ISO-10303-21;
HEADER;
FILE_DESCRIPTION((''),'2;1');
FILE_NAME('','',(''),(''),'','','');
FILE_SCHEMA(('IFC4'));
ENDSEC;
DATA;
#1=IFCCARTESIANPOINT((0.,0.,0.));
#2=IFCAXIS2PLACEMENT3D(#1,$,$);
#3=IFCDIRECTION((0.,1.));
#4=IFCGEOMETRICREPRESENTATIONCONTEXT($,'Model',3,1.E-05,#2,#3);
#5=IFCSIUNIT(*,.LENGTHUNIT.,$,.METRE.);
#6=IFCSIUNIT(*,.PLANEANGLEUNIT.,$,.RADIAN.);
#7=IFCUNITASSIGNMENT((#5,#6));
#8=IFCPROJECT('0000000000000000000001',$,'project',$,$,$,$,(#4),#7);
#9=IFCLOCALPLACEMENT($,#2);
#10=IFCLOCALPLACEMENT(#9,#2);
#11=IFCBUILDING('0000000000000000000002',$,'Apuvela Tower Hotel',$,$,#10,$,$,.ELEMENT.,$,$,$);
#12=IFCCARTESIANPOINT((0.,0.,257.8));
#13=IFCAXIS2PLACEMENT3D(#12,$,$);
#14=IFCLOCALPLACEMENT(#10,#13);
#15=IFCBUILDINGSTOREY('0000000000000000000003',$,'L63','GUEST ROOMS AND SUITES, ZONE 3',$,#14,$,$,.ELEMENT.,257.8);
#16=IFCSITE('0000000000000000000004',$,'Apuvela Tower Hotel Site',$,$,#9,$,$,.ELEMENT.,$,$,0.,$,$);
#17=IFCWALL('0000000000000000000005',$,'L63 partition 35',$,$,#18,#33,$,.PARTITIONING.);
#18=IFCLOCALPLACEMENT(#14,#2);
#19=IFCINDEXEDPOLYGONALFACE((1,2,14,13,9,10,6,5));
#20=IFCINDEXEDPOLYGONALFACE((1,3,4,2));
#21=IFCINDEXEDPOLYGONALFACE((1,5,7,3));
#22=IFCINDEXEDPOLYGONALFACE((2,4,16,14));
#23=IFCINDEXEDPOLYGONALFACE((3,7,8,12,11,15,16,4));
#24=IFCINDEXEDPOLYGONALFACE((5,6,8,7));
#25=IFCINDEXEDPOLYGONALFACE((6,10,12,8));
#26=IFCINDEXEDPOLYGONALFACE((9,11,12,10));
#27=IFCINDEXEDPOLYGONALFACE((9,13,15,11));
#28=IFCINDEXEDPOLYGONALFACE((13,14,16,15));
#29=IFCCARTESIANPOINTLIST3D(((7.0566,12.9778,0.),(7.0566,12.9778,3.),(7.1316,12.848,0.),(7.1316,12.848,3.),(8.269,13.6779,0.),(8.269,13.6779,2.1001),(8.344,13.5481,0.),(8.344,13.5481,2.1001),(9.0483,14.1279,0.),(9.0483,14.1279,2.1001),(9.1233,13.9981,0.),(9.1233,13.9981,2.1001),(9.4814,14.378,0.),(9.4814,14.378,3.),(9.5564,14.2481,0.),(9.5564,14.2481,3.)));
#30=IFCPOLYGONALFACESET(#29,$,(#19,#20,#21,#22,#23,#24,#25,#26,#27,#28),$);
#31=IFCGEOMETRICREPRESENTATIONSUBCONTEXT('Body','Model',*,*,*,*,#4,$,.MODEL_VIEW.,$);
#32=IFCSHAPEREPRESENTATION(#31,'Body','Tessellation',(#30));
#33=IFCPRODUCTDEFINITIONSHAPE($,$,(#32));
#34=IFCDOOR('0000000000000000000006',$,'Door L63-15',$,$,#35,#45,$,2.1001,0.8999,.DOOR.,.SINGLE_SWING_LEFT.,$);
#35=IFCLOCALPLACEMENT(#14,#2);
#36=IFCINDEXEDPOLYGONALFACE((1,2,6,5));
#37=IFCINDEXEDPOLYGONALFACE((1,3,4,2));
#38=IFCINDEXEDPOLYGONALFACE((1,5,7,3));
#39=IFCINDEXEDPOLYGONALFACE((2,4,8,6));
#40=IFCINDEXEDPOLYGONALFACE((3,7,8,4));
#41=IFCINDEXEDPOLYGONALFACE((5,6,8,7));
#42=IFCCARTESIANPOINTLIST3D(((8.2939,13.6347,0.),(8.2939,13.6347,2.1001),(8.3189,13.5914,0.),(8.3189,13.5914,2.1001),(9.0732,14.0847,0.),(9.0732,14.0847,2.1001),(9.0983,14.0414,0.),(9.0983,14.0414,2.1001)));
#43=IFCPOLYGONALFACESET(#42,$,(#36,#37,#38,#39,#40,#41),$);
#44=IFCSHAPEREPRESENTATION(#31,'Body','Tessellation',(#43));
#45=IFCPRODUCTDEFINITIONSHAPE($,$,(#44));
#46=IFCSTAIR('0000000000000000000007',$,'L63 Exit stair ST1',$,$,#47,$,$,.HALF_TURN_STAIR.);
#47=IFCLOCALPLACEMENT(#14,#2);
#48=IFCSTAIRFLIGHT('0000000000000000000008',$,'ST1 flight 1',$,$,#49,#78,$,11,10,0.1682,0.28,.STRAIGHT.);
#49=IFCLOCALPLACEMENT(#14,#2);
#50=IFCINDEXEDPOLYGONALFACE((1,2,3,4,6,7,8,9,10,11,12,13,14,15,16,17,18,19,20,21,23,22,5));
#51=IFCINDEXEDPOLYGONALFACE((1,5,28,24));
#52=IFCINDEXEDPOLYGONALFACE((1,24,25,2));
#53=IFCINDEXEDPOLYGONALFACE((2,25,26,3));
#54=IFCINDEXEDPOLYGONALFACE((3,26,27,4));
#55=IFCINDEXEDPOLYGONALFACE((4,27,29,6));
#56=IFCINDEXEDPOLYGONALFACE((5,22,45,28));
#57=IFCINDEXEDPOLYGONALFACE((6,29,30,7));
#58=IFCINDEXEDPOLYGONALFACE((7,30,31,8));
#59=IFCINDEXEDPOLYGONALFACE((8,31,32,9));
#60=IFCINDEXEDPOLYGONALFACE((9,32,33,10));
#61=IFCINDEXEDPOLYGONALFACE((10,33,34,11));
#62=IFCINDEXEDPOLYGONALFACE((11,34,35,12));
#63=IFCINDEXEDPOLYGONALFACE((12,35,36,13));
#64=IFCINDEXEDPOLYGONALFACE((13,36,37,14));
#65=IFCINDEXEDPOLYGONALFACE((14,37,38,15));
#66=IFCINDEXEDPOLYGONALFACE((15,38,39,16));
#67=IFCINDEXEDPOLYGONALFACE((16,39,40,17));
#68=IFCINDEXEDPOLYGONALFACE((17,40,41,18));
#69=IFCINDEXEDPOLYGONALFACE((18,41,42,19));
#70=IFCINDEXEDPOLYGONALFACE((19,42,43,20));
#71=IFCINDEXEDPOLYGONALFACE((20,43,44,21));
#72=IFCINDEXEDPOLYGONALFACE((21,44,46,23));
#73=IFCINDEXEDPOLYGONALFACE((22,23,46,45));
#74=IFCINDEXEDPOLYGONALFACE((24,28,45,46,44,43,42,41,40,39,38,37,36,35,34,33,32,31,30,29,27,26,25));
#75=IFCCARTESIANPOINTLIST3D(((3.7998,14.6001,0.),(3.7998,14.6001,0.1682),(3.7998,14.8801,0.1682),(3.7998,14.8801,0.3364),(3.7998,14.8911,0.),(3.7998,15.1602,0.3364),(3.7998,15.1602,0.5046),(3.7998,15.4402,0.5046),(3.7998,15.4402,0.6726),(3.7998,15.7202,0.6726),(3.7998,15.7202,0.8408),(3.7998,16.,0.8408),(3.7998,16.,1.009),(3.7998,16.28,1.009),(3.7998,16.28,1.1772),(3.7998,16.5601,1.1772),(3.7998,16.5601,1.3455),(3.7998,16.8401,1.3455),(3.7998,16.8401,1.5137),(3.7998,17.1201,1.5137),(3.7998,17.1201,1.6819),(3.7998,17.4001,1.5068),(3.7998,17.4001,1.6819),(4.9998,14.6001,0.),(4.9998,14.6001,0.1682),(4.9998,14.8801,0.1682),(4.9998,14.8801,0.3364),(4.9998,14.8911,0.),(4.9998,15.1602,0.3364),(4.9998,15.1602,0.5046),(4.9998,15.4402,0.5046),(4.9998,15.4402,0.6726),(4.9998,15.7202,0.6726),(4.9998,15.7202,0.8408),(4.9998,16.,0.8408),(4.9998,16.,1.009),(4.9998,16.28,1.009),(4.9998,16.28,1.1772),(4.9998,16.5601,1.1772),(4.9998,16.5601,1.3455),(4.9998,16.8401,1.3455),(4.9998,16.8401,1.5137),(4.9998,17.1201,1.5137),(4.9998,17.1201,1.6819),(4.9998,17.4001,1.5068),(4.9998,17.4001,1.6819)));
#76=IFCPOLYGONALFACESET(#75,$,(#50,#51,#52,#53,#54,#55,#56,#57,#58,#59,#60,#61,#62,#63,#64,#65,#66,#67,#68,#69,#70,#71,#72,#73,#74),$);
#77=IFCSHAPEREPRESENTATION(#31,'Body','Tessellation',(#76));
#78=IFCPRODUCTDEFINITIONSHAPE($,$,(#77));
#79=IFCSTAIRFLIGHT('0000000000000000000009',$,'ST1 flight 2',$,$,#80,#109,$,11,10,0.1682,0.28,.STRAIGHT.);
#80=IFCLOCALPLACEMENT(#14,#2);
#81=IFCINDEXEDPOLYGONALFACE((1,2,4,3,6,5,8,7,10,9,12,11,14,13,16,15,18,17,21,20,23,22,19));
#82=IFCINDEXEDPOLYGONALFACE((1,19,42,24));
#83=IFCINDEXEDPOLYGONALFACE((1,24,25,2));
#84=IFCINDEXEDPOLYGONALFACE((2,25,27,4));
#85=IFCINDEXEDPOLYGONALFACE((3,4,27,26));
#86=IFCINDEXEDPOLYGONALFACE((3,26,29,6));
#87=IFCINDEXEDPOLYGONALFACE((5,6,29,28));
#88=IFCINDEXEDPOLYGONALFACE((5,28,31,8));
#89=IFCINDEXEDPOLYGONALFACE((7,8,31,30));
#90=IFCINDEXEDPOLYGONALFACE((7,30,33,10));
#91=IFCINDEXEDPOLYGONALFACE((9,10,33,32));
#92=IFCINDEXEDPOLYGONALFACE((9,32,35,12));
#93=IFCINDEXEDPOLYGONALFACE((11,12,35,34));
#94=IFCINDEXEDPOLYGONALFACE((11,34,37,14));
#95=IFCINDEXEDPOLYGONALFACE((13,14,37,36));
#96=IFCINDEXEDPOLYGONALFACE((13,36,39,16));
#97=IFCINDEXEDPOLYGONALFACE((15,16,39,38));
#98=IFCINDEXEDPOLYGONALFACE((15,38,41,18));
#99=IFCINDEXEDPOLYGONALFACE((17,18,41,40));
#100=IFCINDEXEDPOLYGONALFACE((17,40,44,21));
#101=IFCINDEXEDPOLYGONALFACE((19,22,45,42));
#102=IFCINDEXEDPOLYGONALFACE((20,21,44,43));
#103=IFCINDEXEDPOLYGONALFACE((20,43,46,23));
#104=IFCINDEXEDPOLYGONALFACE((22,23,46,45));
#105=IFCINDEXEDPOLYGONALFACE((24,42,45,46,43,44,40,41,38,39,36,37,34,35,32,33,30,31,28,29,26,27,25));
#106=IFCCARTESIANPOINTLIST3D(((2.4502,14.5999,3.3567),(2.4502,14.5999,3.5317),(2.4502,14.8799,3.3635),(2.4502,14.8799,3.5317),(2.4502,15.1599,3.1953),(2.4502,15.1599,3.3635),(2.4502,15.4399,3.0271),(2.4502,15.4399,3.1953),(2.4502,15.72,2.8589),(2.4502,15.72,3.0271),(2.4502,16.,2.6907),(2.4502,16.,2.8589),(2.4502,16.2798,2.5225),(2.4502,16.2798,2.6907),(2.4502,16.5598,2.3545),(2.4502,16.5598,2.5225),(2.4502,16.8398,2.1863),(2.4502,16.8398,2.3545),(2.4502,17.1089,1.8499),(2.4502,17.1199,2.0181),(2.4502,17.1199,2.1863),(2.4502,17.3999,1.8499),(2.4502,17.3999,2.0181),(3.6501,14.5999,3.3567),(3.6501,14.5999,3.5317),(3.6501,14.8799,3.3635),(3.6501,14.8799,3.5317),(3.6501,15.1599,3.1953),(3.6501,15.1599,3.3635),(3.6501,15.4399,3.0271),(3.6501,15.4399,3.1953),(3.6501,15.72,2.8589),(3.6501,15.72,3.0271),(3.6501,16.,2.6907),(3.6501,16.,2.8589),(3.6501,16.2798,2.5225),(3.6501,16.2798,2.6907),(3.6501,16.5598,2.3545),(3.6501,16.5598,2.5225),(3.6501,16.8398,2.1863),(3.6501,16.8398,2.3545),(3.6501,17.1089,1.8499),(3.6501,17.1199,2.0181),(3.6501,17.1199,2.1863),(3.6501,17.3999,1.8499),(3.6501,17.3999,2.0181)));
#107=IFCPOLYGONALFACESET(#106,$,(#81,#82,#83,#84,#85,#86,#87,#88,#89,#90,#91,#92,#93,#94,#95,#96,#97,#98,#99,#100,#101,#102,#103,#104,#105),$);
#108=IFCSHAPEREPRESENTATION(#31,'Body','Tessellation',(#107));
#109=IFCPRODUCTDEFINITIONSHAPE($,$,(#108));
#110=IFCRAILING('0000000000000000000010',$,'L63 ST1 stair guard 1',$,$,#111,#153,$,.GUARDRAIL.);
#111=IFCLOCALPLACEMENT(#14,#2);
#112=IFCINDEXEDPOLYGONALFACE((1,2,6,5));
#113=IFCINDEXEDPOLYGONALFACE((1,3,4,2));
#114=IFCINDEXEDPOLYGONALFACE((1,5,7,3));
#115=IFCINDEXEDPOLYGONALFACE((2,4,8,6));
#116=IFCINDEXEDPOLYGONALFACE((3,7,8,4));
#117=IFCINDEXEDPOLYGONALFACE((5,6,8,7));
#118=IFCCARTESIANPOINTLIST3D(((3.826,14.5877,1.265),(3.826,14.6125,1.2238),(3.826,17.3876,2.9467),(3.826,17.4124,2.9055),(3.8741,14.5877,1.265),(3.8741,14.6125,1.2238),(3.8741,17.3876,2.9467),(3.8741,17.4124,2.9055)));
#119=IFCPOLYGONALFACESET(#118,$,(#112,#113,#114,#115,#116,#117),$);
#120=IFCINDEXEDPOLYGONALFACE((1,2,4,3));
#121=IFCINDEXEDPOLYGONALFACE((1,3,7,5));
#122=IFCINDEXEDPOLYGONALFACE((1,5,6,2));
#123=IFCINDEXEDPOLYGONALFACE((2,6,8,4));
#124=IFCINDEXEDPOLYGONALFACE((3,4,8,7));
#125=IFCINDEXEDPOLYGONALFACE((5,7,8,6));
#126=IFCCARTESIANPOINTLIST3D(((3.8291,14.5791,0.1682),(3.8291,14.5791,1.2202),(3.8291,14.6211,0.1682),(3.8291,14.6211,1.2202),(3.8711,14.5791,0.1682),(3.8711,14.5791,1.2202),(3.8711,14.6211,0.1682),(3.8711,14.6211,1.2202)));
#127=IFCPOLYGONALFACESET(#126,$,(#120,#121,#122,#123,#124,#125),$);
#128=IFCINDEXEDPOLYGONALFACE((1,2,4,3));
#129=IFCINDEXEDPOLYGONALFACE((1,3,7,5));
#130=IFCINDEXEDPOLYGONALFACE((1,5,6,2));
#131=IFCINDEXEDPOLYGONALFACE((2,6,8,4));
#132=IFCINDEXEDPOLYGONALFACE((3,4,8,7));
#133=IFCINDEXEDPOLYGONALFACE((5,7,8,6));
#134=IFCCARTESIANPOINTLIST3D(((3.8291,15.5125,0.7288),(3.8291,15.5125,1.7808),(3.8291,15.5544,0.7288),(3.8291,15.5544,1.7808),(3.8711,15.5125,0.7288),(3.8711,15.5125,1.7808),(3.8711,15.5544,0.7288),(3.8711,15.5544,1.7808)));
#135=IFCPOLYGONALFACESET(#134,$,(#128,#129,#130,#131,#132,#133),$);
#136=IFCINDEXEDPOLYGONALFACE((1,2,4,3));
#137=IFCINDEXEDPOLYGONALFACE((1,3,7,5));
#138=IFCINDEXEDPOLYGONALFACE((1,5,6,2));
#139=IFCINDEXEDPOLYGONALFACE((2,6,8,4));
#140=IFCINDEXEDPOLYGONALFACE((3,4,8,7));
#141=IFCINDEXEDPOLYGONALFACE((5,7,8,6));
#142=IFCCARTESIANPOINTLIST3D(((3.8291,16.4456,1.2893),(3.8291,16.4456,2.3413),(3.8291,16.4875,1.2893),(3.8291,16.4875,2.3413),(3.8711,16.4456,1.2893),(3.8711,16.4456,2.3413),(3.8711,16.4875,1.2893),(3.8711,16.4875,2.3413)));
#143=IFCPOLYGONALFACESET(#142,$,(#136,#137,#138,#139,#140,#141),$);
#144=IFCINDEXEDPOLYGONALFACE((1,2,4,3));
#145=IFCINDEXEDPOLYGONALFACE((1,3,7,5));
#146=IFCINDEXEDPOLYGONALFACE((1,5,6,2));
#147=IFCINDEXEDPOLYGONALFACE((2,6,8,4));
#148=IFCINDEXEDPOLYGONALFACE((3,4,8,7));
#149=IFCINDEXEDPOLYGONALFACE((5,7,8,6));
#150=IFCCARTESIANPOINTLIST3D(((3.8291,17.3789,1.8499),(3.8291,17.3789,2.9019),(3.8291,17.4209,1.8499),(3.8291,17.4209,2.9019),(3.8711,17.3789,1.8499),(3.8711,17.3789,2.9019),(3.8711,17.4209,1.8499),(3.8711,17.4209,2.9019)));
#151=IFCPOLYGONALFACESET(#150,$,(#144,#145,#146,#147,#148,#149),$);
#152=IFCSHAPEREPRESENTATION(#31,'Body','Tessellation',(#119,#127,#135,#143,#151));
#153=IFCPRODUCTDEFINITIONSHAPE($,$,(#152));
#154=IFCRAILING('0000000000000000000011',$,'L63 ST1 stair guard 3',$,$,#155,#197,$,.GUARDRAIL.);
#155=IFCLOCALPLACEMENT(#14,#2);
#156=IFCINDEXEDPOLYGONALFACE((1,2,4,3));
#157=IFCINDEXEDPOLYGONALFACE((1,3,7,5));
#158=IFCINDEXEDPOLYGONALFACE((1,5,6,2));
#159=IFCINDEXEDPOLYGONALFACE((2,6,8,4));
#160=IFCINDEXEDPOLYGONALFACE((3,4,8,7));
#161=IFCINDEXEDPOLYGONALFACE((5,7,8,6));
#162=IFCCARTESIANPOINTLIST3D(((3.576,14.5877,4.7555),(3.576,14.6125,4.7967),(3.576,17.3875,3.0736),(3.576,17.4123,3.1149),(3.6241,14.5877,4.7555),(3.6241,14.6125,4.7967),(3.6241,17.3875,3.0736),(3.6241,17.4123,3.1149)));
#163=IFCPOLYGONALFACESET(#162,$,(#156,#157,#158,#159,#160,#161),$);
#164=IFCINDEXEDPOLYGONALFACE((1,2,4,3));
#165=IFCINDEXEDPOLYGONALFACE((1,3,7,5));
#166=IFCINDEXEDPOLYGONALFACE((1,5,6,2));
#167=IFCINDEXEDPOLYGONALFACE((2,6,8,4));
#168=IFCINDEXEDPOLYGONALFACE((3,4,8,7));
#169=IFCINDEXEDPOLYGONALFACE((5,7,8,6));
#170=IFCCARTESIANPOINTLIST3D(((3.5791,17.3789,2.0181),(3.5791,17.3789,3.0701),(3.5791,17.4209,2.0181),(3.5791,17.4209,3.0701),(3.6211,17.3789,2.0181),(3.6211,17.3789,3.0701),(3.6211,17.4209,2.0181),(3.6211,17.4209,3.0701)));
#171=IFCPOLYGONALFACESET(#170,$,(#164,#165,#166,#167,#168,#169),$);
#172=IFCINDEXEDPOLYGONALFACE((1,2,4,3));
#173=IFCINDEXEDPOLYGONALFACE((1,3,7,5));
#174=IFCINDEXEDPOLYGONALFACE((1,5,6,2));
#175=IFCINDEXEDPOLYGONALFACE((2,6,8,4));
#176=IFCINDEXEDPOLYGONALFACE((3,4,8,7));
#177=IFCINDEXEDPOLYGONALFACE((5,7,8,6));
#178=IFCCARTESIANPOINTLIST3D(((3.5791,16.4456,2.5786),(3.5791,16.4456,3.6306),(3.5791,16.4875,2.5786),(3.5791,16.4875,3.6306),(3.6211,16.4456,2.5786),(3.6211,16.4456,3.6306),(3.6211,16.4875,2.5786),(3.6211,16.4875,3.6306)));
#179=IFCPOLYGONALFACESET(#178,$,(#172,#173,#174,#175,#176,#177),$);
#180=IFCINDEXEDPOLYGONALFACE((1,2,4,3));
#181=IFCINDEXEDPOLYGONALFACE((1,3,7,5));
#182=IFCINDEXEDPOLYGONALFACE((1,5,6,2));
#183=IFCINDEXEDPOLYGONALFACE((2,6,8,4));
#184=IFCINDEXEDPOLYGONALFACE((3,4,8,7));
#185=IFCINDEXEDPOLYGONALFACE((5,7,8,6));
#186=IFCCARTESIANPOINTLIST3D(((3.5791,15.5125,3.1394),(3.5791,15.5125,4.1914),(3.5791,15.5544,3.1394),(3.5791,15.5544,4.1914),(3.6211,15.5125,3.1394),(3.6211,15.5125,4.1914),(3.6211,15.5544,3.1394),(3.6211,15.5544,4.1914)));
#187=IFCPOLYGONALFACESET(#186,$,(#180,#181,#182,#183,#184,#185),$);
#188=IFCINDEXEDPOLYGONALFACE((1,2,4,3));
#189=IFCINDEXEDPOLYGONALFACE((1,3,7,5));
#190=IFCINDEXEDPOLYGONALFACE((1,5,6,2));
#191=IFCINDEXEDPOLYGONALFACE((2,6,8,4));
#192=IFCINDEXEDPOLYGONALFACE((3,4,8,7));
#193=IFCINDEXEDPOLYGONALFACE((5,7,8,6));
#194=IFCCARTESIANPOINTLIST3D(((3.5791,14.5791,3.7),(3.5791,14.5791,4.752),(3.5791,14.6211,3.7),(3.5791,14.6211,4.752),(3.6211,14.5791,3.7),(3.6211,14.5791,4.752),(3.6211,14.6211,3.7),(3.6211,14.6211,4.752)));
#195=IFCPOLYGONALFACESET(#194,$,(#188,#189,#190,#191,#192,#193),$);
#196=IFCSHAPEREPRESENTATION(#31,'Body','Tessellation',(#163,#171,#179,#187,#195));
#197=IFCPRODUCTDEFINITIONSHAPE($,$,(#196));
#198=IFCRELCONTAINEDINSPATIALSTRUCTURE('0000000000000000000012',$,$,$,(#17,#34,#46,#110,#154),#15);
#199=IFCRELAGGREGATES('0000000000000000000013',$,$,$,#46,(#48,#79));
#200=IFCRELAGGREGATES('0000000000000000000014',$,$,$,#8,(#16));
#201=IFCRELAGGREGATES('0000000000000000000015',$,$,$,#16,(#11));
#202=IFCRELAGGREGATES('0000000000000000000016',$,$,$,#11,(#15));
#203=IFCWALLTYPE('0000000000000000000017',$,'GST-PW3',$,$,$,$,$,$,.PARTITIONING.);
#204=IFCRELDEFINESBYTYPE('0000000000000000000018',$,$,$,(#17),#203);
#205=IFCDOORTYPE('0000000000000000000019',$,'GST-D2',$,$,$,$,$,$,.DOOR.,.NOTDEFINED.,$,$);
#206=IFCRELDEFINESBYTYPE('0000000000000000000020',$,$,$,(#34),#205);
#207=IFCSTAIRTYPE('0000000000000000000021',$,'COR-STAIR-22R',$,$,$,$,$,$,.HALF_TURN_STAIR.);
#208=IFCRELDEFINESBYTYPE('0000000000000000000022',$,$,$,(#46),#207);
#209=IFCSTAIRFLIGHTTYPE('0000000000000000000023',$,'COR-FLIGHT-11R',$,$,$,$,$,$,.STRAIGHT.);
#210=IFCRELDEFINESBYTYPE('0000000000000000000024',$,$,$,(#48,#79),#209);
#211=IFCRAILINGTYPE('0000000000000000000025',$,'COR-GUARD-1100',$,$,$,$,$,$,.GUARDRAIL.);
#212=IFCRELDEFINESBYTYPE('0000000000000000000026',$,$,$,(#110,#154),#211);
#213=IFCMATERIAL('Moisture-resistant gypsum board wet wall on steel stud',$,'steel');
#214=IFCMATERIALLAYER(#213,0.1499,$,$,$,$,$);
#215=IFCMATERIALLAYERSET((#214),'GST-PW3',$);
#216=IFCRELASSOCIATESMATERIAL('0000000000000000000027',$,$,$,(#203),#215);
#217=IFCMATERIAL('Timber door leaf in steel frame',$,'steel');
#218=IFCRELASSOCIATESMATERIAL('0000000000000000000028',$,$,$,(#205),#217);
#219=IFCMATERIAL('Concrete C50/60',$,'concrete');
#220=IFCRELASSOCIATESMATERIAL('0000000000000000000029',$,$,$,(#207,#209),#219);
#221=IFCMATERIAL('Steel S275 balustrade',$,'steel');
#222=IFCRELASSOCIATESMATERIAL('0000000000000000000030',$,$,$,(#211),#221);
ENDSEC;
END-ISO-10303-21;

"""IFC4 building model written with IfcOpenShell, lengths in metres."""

from ifc_helpers import new_model, si_unit, direction, frame, frame_2d, origin, origin_2d, place, context, subcontext, project, spatial, polyline, rectangle, outline, extrude, material, layer, layer_set, type_object, element, fill, aggregate, save


model = new_model("IFC4")

# Units and contexts
model_context = context("Model", 3, precision=1e-05, world=origin(), true_north=direction((0.0, 1.0)))
body_context = subcontext(model_context, "Body", "Model", "MODEL_VIEW")
ifc_project = project(units=[si_unit("LENGTHUNIT", "METRE"), si_unit("PLANEANGLEUNIT", "RADIAN")], contexts=[model_context])

# Site, building, storey
site_placement = place(None, origin())
site = spatial("IfcSite", under=ifc_project, at=site_placement, Name="Apuvela Tower Hotel Site", CompositionType="ELEMENT", RefElevation=0.0)
building_placement = place(site_placement, origin())
building = spatial("IfcBuilding", under=site, at=building_placement, Name="Apuvela Tower Hotel", CompositionType="ELEMENT")
storey_placement = place(building_placement, frame((0.0, 0.0, 257.8)))
storey = spatial("IfcBuildingStorey", under=building, at=storey_placement, Name="L63", Description="GUEST ROOMS AND SUITES, ZONE 3", CompositionType="ELEMENT", Elevation=257.8)

# Shared definitions
ifc_material_1 = material(Name="Concrete C50/60", Category="concrete")

# Wall, opening, door
ifc_material_2 = material(Name="Moisture-resistant gypsum board wet wall on steel stud", Category="steel")
ifc_layer_1 = layer(ifc_material_2, 0.1499)
ifc_layer_set_1 = layer_set([ifc_layer_1], Name="GST-PW3")
wall_type_1 = type_object("IfcWallType", Name="GST-PW3", PredefinedType="PARTITIONING", material=ifc_layer_set_1)
wall_1_placement = place(storey_placement, frame((9.5188, 14.313, 0.0), z_axis=(0.0, 0.0, 1.0), x_axis=(-0.865997, -0.50005, 0.0)))
wall_1 = element("IfcWall", 1, at=wall_1_placement, inside=storey, type_object=wall_type_1, Name="L63 partition 35", PredefinedType="PARTITIONING", context=body_context, shape_type="SweptSolid", body=[
    extrude(rectangle(XDim=2.8, YDim=0.1499, at=frame_2d((1.3999, 0.0))), origin(), (0.0, 0.0, 1.0), 3.0),
])
opening_1_placement = place(wall_1_placement, frame((0.5, 0.0, 0.0)))
opening_1 = element("IfcOpeningElement", 2, at=opening_1_placement, cuts=wall_1, PredefinedType="OPENING", context=body_context, shape_type="SweptSolid", body=[
    extrude(rectangle(XDim=0.8999, YDim=2.1001, at=frame_2d((0.45, 1.05))), frame((0.0, 0.085, 0.0), z_axis=(0.0, -1.0, 0.0), x_axis=(1.0, 0.0, 0.0)), (0.0, 0.0, 1.0), 0.1699),
])
ifc_material_3 = material(Name="Timber door leaf in steel frame", Category="steel")
door_type_1 = type_object("IfcDoorType", Name="GST-D2", OperationType="NOTDEFINED", PredefinedType="DOOR", material=ifc_material_3)
door_1_placement = place(opening_1_placement, origin())
door_1 = element("IfcDoor", 3, at=door_1_placement, inside=storey, type_object=door_type_1, Name="Door L63-15", OperationType="SINGLE_SWING_LEFT", OverallHeight=2.1001, OverallWidth=0.8999, PredefinedType="DOOR", context=body_context, shape_type="SweptSolid", body=[
    extrude(rectangle(XDim=0.8999, YDim=2.1001, at=frame_2d((0.45, 1.05))), frame((0.0, 0.0249, 0.0), z_axis=(0.0, -1.0, 0.0), x_axis=(1.0, 0.0, 0.0)), (0.0, 0.0, 1.0), 0.05),
])
fill(opening_1, door_1)

# Stair, stair flights
stair_type = type_object("IfcStairType", Name="COR-STAIR-22R", PredefinedType="HALF_TURN_STAIR", material=ifc_material_1)
stair_placement = place(storey_placement, origin())
stair = element("IfcStair", 4, at=stair_placement, inside=storey, type_object=stair_type, Name="L63 Exit stair ST1", PredefinedType="HALF_TURN_STAIR")
stair_flight_type = type_object("IfcStairFlightType", Name="COR-FLIGHT-11R", PredefinedType="STRAIGHT", material=ifc_material_1)
stair_flight_1_placement = place(storey_placement, frame((4.3999, 14.6001, 0.0), z_axis=(0.0, 0.0, 1.0), x_axis=(0.0, 1.0, 0.0)))
stair_flight_1 = element("IfcStairFlight", 5, at=stair_flight_1_placement, type_object=stair_flight_type, Name="ST1 flight 1", NumberOfRisers=11, NumberOfTreads=10, PredefinedType="STRAIGHT", RiserHeight=0.1682, TreadLength=0.28, context=body_context, shape_type="SweptSolid", body=[
    extrude(outline(polyline([(0.0, 0.0), (0.0, 0.1682), (0.28, 0.1682), (0.28, 0.3364), (0.5601, 0.3364), (0.5601, 0.5046), (0.8401, 0.5046), (0.8401, 0.6726), (1.1201, 0.6726), (1.1201, 0.8408), (1.3999, 0.8408), (1.3999, 1.009), (1.6799, 1.009), (1.6799, 1.1772), (1.96, 1.1772), (1.96, 1.3455), (2.24, 1.3455), (2.24, 1.5137), (2.52, 1.5137), (2.52, 1.6819), (2.8, 1.6819), (2.8, 1.8501), (2.8, 1.5068), (0.291, 0.0), (0.0, 0.0)])), frame((0.0, 0.6001, 0.0), z_axis=(0.0, -1.0, 0.0), x_axis=(1.0, 0.0, 0.0)), (0.0, 0.0, 1.0), 1.2),
])
stair_flight_2_placement = place(storey_placement, frame((3.05, 17.3999, 1.8499), z_axis=(0.0, 0.0, 1.0), x_axis=(0.0, -1.0, 0.0)))
stair_flight_2 = element("IfcStairFlight", 6, at=stair_flight_2_placement, type_object=stair_flight_type, Name="ST1 flight 2", NumberOfRisers=11, NumberOfTreads=10, PredefinedType="STRAIGHT", RiserHeight=0.1682, TreadLength=0.28, context=body_context, shape_type="SweptSolid", body=[
    extrude(outline(polyline([(0.0, 0.0), (0.0, 0.1682), (0.28, 0.1682), (0.28, 0.3364), (0.5601, 0.3364), (0.5601, 0.5046), (0.8401, 0.5046), (0.8401, 0.6726), (1.1201, 0.6726), (1.1201, 0.8408), (1.3999, 0.8408), (1.3999, 1.009), (1.6799, 1.009), (1.6799, 1.1772), (1.96, 1.1772), (1.96, 1.3455), (2.24, 1.3455), (2.24, 1.5137), (2.52, 1.5137), (2.52, 1.6819), (2.8, 1.6819), (2.8, 1.8501), (2.8, 1.5068), (0.291, 0.0), (0.0, 0.0)])), frame((0.0, 0.6001, 0.0), z_axis=(0.0, -1.0, 0.0), x_axis=(1.0, 0.0, 0.0)), (0.0, 0.0, 1.0), 1.2),
])
aggregate(stair, [stair_flight_1, stair_flight_2])

# Railings
ifc_material_4 = material(Name="Steel S275 balustrade", Category="steel")
railing_type_1 = type_object("IfcRailingType", Name="COR-GUARD-1100", PredefinedType="GUARDRAIL", material=ifc_material_4)
railing_1_placement = place(storey_placement, frame((3.8501, 14.6001, 0.1682)))
element("IfcRailing", 7, at=railing_1_placement, inside=storey, type_object=railing_type_1, Name="L63 ST1 stair guard 1", PredefinedType="GUARDRAIL", context=body_context, shape_type="SweptSolid", body=[
    extrude(rectangle(XDim=0.0481, YDim=0.0481, at=origin_2d()), frame((0.0, 0.0, 1.0762), z_axis=(0.0, 0.857255, 0.514891), x_axis=(-1.0, 0.0, 0.0)), (0.0, 0.0, 1.0), 3.2661),
    extrude(rectangle(XDim=0.042, YDim=0.042, at=origin_2d()), origin(), (0.0, 0.0, 1.0), 1.052),
    extrude(rectangle(XDim=0.042, YDim=0.042, at=origin_2d()), frame((0.0, 0.9333, 0.5605)), (0.0, 0.0, 1.0), 1.052),
    extrude(rectangle(XDim=0.042, YDim=0.042, at=origin_2d()), frame((0.0, 1.8665, 1.1211)), (0.0, 0.0, 1.0), 1.052),
    extrude(rectangle(XDim=0.042, YDim=0.042, at=origin_2d()), frame((0.0, 2.7998, 1.6816)), (0.0, 0.0, 1.0), 1.052),
])
railing_2_placement = place(storey_placement, frame((3.6001, 17.3999, 2.0181)))
element("IfcRailing", 8, at=railing_2_placement, inside=storey, type_object=railing_type_1, Name="L63 ST1 stair guard 3", PredefinedType="GUARDRAIL", context=body_context, shape_type="SweptSolid", body=[
    extrude(rectangle(XDim=0.0481, YDim=0.0481, at=origin_2d()), frame((0.0, 0.0, 1.0762), z_axis=(0.0, -0.857222, 0.514946), x_axis=(1.0, 0.0, 0.0)), (0.0, 0.0, 1.0), 3.2661),
    extrude(rectangle(XDim=0.042, YDim=0.042, at=origin_2d()), origin(), (0.0, 0.0, 1.0), 1.052),
    extrude(rectangle(XDim=0.042, YDim=0.042, at=origin_2d()), frame((0.0, -0.9333, 0.5605)), (0.0, 0.0, 1.0), 1.052),
    extrude(rectangle(XDim=0.042, YDim=0.042, at=origin_2d()), frame((0.0, -1.8665, 1.1213)), (0.0, 0.0, 1.0), 1.052),
    extrude(rectangle(XDim=0.042, YDim=0.042, at=origin_2d()), frame((0.0, -2.7998, 1.6819)), (0.0, 0.0, 1.0), 1.052),
])

save(model, "model.ifc")
